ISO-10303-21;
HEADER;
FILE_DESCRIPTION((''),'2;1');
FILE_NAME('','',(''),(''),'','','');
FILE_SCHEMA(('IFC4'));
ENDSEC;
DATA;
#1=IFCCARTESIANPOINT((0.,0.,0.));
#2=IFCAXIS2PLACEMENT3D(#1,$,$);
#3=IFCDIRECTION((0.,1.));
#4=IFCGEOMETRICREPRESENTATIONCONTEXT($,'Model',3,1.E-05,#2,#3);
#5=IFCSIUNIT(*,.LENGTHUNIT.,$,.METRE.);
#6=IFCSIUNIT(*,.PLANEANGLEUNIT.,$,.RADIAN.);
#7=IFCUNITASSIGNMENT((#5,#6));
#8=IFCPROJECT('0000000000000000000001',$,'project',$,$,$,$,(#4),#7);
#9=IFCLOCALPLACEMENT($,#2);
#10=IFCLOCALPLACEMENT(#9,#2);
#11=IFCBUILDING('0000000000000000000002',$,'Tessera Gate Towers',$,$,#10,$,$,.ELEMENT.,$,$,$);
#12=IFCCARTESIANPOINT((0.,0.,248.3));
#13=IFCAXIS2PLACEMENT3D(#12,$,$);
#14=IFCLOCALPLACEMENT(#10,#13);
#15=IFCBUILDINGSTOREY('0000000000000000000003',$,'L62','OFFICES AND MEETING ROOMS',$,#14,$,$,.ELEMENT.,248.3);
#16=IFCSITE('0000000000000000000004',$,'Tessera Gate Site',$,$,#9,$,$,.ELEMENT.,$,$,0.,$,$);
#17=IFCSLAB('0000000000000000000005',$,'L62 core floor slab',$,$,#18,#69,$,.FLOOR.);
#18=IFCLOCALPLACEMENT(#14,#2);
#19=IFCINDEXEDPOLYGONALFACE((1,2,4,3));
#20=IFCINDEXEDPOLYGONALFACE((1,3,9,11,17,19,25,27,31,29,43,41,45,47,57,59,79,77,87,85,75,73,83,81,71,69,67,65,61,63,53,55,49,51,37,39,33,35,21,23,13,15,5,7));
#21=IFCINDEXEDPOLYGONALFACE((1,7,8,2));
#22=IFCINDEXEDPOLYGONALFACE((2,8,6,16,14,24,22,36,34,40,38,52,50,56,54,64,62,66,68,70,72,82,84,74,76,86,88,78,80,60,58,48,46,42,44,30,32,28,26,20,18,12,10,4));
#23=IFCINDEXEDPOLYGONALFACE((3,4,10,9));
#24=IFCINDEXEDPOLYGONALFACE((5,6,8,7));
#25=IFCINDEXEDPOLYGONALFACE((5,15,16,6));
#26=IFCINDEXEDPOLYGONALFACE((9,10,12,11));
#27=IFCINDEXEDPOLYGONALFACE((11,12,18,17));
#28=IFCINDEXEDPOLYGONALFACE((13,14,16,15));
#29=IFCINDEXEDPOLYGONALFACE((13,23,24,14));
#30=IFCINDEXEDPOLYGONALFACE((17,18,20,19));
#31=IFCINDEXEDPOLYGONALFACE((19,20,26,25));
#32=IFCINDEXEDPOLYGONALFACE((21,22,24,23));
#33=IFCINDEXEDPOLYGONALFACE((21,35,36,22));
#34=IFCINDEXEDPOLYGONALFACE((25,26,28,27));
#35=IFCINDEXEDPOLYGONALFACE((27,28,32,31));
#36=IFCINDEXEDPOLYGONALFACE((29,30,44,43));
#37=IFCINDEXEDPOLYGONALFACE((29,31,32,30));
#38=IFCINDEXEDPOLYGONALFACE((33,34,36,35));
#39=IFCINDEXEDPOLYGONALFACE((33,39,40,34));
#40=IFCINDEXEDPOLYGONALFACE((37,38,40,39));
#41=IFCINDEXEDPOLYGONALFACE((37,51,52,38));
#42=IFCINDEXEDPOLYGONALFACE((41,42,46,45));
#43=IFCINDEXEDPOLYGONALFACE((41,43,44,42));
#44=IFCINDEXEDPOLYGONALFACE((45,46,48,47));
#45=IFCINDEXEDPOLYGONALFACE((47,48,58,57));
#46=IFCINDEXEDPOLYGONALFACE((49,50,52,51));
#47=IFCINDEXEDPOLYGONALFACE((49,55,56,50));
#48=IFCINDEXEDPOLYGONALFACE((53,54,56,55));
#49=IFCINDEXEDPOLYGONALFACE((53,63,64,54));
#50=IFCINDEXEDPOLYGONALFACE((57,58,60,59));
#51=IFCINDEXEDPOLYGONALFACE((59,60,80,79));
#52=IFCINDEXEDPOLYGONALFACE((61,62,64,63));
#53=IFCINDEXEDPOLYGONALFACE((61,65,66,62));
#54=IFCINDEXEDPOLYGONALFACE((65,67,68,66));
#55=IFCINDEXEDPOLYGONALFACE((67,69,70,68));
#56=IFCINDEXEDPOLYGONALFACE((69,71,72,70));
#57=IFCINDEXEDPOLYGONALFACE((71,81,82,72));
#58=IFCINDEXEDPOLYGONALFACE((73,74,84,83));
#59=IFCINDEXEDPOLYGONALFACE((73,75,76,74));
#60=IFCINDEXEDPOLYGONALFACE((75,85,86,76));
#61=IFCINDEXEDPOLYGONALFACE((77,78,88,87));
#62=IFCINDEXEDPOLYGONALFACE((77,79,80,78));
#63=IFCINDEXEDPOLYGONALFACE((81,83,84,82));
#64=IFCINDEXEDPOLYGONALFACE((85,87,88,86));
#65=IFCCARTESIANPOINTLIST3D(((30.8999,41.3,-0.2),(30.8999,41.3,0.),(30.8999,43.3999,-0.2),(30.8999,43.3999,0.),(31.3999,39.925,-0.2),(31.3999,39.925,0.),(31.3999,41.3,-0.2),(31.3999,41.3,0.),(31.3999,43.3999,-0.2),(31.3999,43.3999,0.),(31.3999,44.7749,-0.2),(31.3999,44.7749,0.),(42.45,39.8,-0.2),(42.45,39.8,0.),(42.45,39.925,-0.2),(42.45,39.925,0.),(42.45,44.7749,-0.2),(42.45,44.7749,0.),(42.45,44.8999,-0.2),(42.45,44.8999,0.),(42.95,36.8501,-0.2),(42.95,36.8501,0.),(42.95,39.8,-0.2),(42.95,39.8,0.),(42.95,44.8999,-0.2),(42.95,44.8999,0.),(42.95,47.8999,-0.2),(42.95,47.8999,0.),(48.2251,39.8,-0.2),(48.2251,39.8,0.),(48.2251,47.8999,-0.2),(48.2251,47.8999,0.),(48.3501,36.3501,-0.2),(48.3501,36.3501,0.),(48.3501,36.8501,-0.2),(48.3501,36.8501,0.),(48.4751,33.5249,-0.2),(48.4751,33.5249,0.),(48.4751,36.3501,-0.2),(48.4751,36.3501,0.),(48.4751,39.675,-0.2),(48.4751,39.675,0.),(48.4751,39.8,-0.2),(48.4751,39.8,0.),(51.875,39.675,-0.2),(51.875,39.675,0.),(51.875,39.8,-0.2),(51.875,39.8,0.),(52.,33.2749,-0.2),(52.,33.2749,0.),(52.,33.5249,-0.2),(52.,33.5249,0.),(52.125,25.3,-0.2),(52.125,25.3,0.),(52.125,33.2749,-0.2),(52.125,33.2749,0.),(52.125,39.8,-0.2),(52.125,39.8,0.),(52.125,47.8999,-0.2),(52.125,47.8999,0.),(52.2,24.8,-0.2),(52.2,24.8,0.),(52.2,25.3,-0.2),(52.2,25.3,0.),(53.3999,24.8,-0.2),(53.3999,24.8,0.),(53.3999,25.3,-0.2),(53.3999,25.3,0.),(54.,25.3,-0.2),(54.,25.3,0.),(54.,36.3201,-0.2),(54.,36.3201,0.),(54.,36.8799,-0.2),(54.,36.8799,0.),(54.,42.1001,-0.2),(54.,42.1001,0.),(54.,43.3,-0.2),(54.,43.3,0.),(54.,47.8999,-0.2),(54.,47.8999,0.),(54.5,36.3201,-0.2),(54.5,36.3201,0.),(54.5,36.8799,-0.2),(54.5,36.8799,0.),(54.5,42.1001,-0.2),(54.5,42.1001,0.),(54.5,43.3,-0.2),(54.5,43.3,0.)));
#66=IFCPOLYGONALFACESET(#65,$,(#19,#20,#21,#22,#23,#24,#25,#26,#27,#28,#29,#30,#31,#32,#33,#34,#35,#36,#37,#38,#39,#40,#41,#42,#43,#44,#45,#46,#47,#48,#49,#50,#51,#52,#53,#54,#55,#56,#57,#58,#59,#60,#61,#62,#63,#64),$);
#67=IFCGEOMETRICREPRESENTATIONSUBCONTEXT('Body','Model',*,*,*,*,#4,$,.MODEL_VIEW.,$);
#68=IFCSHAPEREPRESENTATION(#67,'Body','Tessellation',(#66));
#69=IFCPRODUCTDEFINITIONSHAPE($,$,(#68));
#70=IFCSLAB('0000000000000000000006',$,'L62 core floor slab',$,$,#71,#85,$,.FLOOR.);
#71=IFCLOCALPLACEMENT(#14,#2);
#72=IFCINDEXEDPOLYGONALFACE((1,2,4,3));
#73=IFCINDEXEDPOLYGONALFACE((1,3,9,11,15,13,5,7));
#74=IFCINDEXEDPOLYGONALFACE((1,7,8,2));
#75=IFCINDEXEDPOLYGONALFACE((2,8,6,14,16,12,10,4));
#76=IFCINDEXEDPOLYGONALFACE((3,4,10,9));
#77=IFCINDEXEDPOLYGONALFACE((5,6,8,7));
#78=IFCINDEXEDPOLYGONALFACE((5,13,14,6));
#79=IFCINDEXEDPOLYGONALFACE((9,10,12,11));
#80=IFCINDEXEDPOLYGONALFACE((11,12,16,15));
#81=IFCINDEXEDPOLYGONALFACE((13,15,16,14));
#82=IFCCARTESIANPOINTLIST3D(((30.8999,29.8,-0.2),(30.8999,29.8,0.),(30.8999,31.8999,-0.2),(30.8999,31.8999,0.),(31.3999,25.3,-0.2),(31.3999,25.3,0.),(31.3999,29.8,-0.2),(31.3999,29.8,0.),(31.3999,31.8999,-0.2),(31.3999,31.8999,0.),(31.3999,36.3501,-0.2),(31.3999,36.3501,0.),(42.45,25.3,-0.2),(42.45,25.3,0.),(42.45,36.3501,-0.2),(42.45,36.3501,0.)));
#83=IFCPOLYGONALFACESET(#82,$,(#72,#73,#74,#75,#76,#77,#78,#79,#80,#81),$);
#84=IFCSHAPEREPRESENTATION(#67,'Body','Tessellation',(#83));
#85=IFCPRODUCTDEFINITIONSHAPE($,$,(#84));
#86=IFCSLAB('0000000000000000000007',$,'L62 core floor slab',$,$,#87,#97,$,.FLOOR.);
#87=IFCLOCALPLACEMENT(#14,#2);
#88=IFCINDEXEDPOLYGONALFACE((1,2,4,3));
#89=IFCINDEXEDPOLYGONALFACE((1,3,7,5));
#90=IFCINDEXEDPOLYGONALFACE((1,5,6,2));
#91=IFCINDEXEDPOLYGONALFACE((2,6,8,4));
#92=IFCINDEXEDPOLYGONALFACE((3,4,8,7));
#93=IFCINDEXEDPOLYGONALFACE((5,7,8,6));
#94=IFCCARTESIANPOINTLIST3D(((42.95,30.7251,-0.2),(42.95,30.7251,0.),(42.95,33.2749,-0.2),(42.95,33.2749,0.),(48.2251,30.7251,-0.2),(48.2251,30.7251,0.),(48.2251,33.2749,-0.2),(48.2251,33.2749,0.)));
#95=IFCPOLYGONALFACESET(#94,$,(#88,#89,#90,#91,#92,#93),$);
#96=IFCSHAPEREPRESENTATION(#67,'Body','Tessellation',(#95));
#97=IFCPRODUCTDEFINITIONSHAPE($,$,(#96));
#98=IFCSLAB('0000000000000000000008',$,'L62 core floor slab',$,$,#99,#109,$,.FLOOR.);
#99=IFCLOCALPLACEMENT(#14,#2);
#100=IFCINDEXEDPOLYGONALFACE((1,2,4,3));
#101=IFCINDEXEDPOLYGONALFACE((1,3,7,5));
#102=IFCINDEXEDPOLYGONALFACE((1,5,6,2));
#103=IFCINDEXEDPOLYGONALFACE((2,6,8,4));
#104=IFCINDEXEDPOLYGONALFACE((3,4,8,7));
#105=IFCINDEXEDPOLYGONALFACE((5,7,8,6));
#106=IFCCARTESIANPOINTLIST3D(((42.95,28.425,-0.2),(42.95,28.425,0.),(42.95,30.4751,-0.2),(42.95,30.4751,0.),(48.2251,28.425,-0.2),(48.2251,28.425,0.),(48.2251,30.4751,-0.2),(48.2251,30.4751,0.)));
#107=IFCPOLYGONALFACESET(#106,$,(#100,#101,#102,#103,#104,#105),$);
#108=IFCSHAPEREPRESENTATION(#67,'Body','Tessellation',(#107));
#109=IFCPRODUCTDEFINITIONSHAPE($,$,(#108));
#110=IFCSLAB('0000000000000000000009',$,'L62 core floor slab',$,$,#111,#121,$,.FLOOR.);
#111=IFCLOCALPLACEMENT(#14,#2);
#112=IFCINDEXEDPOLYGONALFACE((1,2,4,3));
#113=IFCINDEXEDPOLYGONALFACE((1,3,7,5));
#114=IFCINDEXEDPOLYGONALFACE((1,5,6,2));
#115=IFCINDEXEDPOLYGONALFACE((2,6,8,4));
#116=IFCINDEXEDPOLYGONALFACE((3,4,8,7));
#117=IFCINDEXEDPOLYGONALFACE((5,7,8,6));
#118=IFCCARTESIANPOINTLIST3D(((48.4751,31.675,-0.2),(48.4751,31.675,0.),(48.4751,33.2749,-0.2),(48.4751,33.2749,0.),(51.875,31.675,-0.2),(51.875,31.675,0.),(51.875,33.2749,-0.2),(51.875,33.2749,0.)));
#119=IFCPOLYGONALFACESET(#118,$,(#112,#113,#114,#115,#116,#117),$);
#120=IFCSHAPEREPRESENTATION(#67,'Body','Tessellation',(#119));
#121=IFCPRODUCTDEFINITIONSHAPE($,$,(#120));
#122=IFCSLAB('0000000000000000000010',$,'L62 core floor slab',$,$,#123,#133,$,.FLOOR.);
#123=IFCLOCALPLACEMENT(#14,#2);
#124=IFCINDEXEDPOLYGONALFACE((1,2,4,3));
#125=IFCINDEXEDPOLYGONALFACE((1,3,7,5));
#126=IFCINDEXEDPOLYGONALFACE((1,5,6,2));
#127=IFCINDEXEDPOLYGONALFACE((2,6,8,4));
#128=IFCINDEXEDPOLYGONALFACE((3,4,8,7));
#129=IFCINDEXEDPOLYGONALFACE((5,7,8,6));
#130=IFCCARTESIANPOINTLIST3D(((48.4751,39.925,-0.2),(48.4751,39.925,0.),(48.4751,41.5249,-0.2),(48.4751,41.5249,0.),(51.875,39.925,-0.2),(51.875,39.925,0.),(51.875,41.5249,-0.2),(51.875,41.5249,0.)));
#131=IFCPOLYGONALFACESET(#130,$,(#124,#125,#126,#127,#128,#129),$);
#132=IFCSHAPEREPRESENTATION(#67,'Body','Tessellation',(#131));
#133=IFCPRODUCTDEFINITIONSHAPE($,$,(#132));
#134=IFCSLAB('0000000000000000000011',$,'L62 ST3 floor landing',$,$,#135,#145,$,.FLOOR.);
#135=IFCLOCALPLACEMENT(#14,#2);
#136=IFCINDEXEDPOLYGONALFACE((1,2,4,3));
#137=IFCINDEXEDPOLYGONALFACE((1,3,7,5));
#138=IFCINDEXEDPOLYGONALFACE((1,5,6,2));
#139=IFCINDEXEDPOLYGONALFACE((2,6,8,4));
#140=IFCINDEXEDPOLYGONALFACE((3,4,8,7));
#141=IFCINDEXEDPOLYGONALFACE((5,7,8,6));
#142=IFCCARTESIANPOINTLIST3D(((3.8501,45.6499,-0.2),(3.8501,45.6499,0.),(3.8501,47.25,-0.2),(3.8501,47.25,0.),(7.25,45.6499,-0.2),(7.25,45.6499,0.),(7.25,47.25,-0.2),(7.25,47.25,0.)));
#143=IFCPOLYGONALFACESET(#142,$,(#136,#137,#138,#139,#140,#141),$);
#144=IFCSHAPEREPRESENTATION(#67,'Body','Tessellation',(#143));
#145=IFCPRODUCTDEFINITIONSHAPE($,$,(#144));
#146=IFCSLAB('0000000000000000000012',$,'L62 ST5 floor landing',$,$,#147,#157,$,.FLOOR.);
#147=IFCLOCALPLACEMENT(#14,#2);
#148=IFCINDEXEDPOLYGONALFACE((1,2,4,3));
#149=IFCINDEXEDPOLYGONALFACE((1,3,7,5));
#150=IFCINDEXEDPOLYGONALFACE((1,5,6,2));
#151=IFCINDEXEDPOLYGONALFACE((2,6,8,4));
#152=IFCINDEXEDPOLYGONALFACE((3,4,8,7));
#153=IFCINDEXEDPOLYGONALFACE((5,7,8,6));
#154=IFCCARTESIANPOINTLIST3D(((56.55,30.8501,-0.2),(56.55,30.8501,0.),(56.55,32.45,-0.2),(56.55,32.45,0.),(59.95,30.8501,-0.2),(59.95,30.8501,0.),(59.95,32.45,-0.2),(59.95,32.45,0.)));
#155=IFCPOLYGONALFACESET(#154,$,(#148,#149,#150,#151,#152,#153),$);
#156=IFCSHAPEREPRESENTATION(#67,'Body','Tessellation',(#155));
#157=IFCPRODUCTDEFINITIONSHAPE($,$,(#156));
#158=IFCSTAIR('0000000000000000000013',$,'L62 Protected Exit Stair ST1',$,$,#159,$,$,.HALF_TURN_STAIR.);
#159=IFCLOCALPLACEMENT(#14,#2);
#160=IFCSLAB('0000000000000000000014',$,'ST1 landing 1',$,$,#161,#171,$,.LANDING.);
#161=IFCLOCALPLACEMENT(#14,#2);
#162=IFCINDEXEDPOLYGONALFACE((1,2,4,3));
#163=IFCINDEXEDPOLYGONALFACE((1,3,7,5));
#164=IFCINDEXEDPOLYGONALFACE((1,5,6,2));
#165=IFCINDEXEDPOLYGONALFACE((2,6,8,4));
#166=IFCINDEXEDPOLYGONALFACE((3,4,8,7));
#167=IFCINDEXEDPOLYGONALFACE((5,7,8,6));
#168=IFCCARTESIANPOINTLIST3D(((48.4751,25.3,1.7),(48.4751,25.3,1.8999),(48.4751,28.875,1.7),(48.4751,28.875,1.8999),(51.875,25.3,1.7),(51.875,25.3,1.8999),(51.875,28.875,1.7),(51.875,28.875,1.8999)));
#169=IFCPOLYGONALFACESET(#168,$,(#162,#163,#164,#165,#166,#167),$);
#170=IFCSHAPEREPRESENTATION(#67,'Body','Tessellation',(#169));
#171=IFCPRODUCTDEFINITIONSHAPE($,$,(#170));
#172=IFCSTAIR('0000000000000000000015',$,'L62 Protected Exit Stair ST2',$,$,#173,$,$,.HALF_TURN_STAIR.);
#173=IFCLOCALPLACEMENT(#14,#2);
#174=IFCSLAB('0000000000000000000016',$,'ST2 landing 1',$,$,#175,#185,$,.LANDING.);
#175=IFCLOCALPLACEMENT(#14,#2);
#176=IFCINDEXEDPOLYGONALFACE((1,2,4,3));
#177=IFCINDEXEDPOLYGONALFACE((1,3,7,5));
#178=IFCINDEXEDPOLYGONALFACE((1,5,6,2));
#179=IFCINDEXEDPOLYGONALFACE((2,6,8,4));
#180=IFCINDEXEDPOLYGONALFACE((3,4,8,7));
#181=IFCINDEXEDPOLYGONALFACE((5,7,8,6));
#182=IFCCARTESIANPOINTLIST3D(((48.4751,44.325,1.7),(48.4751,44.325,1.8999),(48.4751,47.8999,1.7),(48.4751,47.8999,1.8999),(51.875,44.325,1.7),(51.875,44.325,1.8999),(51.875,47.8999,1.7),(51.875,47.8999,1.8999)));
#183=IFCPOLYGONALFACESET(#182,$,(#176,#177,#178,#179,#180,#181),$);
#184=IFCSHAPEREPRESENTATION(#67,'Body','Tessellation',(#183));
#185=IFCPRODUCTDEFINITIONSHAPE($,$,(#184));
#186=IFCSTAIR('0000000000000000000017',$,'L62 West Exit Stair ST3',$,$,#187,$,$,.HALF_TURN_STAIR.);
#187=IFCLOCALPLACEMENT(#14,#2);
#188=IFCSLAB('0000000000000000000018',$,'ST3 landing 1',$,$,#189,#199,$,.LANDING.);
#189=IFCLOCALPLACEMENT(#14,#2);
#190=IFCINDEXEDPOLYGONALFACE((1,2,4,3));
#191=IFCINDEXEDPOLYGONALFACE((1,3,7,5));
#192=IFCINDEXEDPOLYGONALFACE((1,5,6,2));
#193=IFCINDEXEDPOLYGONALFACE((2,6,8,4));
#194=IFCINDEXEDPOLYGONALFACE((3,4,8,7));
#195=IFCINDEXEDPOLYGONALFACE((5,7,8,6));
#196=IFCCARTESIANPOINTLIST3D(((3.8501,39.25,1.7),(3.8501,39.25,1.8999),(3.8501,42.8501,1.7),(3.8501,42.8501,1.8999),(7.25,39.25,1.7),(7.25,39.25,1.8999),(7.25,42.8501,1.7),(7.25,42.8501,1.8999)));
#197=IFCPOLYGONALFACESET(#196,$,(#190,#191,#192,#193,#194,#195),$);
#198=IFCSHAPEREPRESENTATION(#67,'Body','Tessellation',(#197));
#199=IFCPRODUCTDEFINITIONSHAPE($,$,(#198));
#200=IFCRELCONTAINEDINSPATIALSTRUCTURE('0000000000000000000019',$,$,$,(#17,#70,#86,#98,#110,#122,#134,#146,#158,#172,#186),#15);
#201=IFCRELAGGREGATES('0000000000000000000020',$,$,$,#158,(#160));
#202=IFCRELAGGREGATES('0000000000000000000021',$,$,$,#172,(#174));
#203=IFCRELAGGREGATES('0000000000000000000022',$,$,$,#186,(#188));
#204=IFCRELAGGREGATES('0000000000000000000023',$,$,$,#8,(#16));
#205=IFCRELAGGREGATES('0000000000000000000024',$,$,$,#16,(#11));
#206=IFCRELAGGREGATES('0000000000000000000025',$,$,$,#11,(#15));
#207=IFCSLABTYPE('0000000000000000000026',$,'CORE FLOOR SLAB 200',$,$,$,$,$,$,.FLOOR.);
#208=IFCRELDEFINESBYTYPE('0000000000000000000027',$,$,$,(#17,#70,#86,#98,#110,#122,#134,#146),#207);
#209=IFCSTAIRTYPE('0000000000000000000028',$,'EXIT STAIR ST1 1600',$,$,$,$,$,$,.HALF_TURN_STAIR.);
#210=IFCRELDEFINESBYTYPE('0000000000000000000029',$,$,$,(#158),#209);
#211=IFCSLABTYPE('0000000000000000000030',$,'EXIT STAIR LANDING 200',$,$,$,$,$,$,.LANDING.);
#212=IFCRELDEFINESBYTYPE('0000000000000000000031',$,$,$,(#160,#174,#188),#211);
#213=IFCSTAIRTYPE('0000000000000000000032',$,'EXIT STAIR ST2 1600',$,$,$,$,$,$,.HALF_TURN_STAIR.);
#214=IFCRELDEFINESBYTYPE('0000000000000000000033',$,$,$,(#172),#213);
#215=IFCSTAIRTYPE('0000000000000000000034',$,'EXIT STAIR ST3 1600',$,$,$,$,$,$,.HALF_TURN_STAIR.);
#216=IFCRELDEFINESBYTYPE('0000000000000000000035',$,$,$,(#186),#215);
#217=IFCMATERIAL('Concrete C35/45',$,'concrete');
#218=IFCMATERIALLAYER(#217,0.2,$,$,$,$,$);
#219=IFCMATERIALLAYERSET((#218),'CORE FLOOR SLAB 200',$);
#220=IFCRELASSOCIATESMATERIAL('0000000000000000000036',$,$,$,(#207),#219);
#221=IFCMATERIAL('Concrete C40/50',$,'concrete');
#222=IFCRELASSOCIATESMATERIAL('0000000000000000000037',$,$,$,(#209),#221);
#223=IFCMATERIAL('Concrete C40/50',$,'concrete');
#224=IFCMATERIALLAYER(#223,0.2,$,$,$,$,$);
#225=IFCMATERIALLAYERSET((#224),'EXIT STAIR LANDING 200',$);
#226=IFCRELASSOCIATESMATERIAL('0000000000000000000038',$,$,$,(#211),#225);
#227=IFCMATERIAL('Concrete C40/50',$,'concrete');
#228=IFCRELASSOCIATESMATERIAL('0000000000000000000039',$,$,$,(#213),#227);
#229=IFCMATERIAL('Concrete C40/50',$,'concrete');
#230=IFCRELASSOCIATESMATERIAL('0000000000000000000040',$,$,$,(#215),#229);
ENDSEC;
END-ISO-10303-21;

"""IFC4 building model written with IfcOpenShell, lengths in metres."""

from ifc_helpers import new_model, si_unit, direction, frame, origin, place, context, subcontext, project, spatial, polyline, outline, extrude, material, layer, layer_set, type_object, element, aggregate, save


model = new_model("IFC4")

# Units and contexts
model_context = context("Model", 3, precision=1e-05, world=origin(), true_north=direction((0.0, 1.0)))
body_context = subcontext(model_context, "Body", "Model", "MODEL_VIEW")
ifc_project = project(units=[si_unit("LENGTHUNIT", "METRE"), si_unit("PLANEANGLEUNIT", "RADIAN")], contexts=[model_context])

# Site, building, storey
site_placement = place(None, origin())
site = spatial("IfcSite", under=ifc_project, at=site_placement, Name="Tessera Gate Site", CompositionType="ELEMENT", RefElevation=0.0)
building_placement = place(site_placement, origin())
building = spatial("IfcBuilding", under=site, at=building_placement, Name="Tessera Gate Towers", CompositionType="ELEMENT")
storey_placement = place(building_placement, frame((0.0, 0.0, 248.3)))
storey = spatial("IfcBuildingStorey", under=building, at=storey_placement, Name="L62", Description="OFFICES AND MEETING ROOMS", CompositionType="ELEMENT", Elevation=248.3)

# Slabs
ifc_material_1 = material(Name="Concrete C35/45", Category="concrete")
ifc_layer_1 = layer(ifc_material_1, 0.2)
ifc_layer_set_1 = layer_set([ifc_layer_1], Name="CORE FLOOR SLAB 200")
slab_type_1 = type_object("IfcSlabType", Name="CORE FLOOR SLAB 200", PredefinedType="FLOOR", material=ifc_layer_set_1)
slab_1_placement = place(storey_placement, frame((0.0, 0.0, -0.2)))
element("IfcSlab", 1, at=slab_1_placement, inside=storey, type_object=slab_type_1, Name="L62 core floor slab", PredefinedType="FLOOR", context=body_context, shape_type="SweptSolid", body=[
    extrude(outline(polyline([(42.45, 44.8999), (42.45, 44.7749), (31.3999, 44.7749), (31.3999, 43.3999), (30.8999, 43.3999), (30.8999, 41.3), (31.3999, 41.3), (31.3999, 39.925), (42.45, 39.925), (42.45, 39.8), (42.95, 39.8), (42.95, 36.8501), (48.3501, 36.8501), (48.3501, 36.3501), (48.4751, 36.3501), (48.4751, 33.5249), (52.0, 33.5249), (52.0, 33.2749), (52.125, 33.2749), (52.125, 25.3), (52.2, 25.3), (52.2, 24.8), (53.3999, 24.8), (53.3999, 25.3), (54.0, 25.3), (54.0, 36.3201), (54.5, 36.3201), (54.5, 36.8799), (54.0, 36.8799), (54.0, 42.1001), (54.5, 42.1001), (54.5, 43.3), (54.0, 43.3), (54.0, 47.8999), (52.125, 47.8999), (52.125, 39.8), (51.875, 39.8), (51.875, 39.675), (48.4751, 39.675), (48.4751, 39.8), (48.2251, 39.8), (48.2251, 47.8999), (42.95, 47.8999), (42.95, 44.8999), (42.45, 44.8999)])), origin(), (0.0, 0.0, 1.0), 0.2),
])
slab_2_placement = place(storey_placement, frame((0.0, 0.0, -0.2)))
element("IfcSlab", 2, at=slab_2_placement, inside=storey, type_object=slab_type_1, Name="L62 core floor slab", PredefinedType="FLOOR", context=body_context, shape_type="SweptSolid", body=[
    extrude(outline(polyline([(31.3999, 36.3501), (31.3999, 31.8999), (30.8999, 31.8999), (30.8999, 29.8), (31.3999, 29.8), (31.3999, 25.3), (42.45, 25.3), (42.45, 36.3501), (31.3999, 36.3501)])), origin(), (0.0, 0.0, 1.0), 0.2),
])
slab_3_placement = place(storey_placement, frame((0.0, 0.0, -0.2)))
element("IfcSlab", 3, at=slab_3_placement, inside=storey, type_object=slab_type_1, Name="L62 core floor slab", PredefinedType="FLOOR", context=body_context, shape_type="SweptSolid", body=[
    extrude(outline(polyline([(42.95, 33.2749), (42.95, 30.7251), (48.2251, 30.7251), (48.2251, 33.2749), (42.95, 33.2749)])), origin(), (0.0, 0.0, 1.0), 0.2),
])
slab_4_placement = place(storey_placement, frame((0.0, 0.0, -0.2)))
element("IfcSlab", 4, at=slab_4_placement, inside=storey, type_object=slab_type_1, Name="L62 core floor slab", PredefinedType="FLOOR", context=body_context, shape_type="SweptSolid", body=[
    extrude(outline(polyline([(48.2251, 30.4751), (42.95, 30.4751), (42.95, 28.425), (48.2251, 28.425), (48.2251, 30.4751)])), origin(), (0.0, 0.0, 1.0), 0.2),
])
slab_5_placement = place(storey_placement, frame((0.0, 0.0, -0.2)))
element("IfcSlab", 5, at=slab_5_placement, inside=storey, type_object=slab_type_1, Name="L62 core floor slab", PredefinedType="FLOOR", context=body_context, shape_type="SweptSolid", body=[
    extrude(outline(polyline([(51.875, 31.675), (51.875, 33.2749), (48.4751, 33.2749), (48.4751, 31.675), (51.875, 31.675)])), origin(), (0.0, 0.0, 1.0), 0.2),
])
slab_6_placement = place(storey_placement, frame((0.0, 0.0, -0.2)))
element("IfcSlab", 6, at=slab_6_placement, inside=storey, type_object=slab_type_1, Name="L62 core floor slab", PredefinedType="FLOOR", context=body_context, shape_type="SweptSolid", body=[
    extrude(outline(polyline([(48.4751, 41.5249), (48.4751, 39.925), (51.875, 39.925), (51.875, 41.5249), (48.4751, 41.5249)])), origin(), (0.0, 0.0, 1.0), 0.2),
])
slab_7_placement = place(storey_placement, frame((0.0, 0.0, -0.2)))
element("IfcSlab", 7, at=slab_7_placement, inside=storey, type_object=slab_type_1, Name="L62 ST3 floor landing", PredefinedType="FLOOR", context=body_context, shape_type="SweptSolid", body=[
    extrude(outline(polyline([(3.8501, 47.25), (3.8501, 45.6499), (7.25, 45.6499), (7.25, 47.25), (3.8501, 47.25)])), origin(), (0.0, 0.0, 1.0), 0.2),
])
slab_8_placement = place(storey_placement, frame((0.0, 0.0, -0.2)))
element("IfcSlab", 8, at=slab_8_placement, inside=storey, type_object=slab_type_1, Name="L62 ST5 floor landing", PredefinedType="FLOOR", context=body_context, shape_type="SweptSolid", body=[
    extrude(outline(polyline([(59.95, 30.8501), (59.95, 32.45), (56.55, 32.45), (56.55, 30.8501), (59.95, 30.8501)])), origin(), (0.0, 0.0, 1.0), 0.2),
])

# Stairs, slabs
ifc_material_2 = material(Name="Concrete C40/50", Category="concrete")
stair_type_1 = type_object("IfcStairType", Name="EXIT STAIR ST1 1600", PredefinedType="HALF_TURN_STAIR", material=ifc_material_2)
stair_1_placement = place(storey_placement, origin())
stair_1 = element("IfcStair", 9, at=stair_1_placement, inside=storey, type_object=stair_type_1, Name="L62 Protected Exit Stair ST1", PredefinedType="HALF_TURN_STAIR")
ifc_material_3 = material(Name="Concrete C40/50", Category="concrete")
ifc_layer_2 = layer(ifc_material_3, 0.2)
ifc_layer_set_2 = layer_set([ifc_layer_2], Name="EXIT STAIR LANDING 200")
slab_type_2 = type_object("IfcSlabType", Name="EXIT STAIR LANDING 200", PredefinedType="LANDING", material=ifc_layer_set_2)
slab_9_placement = place(storey_placement, frame((0.0, 0.0, 1.7)))
slab_9 = element("IfcSlab", 10, at=slab_9_placement, type_object=slab_type_2, Name="ST1 landing 1", PredefinedType="LANDING", context=body_context, shape_type="SweptSolid", body=[
    extrude(outline(polyline([(48.4751, 28.875), (48.4751, 25.3), (51.875, 25.3), (51.875, 28.875), (48.4751, 28.875)])), origin(), (0.0, 0.0, 1.0), 0.2),
])
aggregate(stair_1, [slab_9])
ifc_material_4 = material(Name="Concrete C40/50", Category="concrete")
stair_type_2 = type_object("IfcStairType", Name="EXIT STAIR ST2 1600", PredefinedType="HALF_TURN_STAIR", material=ifc_material_4)
stair_2_placement = place(storey_placement, origin())
stair_2 = element("IfcStair", 11, at=stair_2_placement, inside=storey, type_object=stair_type_2, Name="L62 Protected Exit Stair ST2", PredefinedType="HALF_TURN_STAIR")
slab_10_placement = place(storey_placement, frame((0.0, 0.0, 1.7)))
slab_10 = element("IfcSlab", 12, at=slab_10_placement, type_object=slab_type_2, Name="ST2 landing 1", PredefinedType="LANDING", context=body_context, shape_type="SweptSolid", body=[
    extrude(outline(polyline([(51.875, 44.325), (51.875, 47.8999), (48.4751, 47.8999), (48.4751, 44.325), (51.875, 44.325)])), origin(), (0.0, 0.0, 1.0), 0.2),
])
aggregate(stair_2, [slab_10])
ifc_material_5 = material(Name="Concrete C40/50", Category="concrete")
stair_type_3 = type_object("IfcStairType", Name="EXIT STAIR ST3 1600", PredefinedType="HALF_TURN_STAIR", material=ifc_material_5)
stair_3_placement = place(storey_placement, origin())
stair_3 = element("IfcStair", 13, at=stair_3_placement, inside=storey, type_object=stair_type_3, Name="L62 West Exit Stair ST3", PredefinedType="HALF_TURN_STAIR")
slab_11_placement = place(storey_placement, frame((0.0, 0.0, 1.7)))
slab_11 = element("IfcSlab", 14, at=slab_11_placement, type_object=slab_type_2, Name="ST3 landing 1", PredefinedType="LANDING", context=body_context, shape_type="SweptSolid", body=[
    extrude(outline(polyline([(3.8501, 42.8501), (3.8501, 39.25), (7.25, 39.25), (7.25, 42.8501), (3.8501, 42.8501)])), origin(), (0.0, 0.0, 1.0), 0.2),
])
aggregate(stair_3, [slab_11])

save(model, "model.ifc")
